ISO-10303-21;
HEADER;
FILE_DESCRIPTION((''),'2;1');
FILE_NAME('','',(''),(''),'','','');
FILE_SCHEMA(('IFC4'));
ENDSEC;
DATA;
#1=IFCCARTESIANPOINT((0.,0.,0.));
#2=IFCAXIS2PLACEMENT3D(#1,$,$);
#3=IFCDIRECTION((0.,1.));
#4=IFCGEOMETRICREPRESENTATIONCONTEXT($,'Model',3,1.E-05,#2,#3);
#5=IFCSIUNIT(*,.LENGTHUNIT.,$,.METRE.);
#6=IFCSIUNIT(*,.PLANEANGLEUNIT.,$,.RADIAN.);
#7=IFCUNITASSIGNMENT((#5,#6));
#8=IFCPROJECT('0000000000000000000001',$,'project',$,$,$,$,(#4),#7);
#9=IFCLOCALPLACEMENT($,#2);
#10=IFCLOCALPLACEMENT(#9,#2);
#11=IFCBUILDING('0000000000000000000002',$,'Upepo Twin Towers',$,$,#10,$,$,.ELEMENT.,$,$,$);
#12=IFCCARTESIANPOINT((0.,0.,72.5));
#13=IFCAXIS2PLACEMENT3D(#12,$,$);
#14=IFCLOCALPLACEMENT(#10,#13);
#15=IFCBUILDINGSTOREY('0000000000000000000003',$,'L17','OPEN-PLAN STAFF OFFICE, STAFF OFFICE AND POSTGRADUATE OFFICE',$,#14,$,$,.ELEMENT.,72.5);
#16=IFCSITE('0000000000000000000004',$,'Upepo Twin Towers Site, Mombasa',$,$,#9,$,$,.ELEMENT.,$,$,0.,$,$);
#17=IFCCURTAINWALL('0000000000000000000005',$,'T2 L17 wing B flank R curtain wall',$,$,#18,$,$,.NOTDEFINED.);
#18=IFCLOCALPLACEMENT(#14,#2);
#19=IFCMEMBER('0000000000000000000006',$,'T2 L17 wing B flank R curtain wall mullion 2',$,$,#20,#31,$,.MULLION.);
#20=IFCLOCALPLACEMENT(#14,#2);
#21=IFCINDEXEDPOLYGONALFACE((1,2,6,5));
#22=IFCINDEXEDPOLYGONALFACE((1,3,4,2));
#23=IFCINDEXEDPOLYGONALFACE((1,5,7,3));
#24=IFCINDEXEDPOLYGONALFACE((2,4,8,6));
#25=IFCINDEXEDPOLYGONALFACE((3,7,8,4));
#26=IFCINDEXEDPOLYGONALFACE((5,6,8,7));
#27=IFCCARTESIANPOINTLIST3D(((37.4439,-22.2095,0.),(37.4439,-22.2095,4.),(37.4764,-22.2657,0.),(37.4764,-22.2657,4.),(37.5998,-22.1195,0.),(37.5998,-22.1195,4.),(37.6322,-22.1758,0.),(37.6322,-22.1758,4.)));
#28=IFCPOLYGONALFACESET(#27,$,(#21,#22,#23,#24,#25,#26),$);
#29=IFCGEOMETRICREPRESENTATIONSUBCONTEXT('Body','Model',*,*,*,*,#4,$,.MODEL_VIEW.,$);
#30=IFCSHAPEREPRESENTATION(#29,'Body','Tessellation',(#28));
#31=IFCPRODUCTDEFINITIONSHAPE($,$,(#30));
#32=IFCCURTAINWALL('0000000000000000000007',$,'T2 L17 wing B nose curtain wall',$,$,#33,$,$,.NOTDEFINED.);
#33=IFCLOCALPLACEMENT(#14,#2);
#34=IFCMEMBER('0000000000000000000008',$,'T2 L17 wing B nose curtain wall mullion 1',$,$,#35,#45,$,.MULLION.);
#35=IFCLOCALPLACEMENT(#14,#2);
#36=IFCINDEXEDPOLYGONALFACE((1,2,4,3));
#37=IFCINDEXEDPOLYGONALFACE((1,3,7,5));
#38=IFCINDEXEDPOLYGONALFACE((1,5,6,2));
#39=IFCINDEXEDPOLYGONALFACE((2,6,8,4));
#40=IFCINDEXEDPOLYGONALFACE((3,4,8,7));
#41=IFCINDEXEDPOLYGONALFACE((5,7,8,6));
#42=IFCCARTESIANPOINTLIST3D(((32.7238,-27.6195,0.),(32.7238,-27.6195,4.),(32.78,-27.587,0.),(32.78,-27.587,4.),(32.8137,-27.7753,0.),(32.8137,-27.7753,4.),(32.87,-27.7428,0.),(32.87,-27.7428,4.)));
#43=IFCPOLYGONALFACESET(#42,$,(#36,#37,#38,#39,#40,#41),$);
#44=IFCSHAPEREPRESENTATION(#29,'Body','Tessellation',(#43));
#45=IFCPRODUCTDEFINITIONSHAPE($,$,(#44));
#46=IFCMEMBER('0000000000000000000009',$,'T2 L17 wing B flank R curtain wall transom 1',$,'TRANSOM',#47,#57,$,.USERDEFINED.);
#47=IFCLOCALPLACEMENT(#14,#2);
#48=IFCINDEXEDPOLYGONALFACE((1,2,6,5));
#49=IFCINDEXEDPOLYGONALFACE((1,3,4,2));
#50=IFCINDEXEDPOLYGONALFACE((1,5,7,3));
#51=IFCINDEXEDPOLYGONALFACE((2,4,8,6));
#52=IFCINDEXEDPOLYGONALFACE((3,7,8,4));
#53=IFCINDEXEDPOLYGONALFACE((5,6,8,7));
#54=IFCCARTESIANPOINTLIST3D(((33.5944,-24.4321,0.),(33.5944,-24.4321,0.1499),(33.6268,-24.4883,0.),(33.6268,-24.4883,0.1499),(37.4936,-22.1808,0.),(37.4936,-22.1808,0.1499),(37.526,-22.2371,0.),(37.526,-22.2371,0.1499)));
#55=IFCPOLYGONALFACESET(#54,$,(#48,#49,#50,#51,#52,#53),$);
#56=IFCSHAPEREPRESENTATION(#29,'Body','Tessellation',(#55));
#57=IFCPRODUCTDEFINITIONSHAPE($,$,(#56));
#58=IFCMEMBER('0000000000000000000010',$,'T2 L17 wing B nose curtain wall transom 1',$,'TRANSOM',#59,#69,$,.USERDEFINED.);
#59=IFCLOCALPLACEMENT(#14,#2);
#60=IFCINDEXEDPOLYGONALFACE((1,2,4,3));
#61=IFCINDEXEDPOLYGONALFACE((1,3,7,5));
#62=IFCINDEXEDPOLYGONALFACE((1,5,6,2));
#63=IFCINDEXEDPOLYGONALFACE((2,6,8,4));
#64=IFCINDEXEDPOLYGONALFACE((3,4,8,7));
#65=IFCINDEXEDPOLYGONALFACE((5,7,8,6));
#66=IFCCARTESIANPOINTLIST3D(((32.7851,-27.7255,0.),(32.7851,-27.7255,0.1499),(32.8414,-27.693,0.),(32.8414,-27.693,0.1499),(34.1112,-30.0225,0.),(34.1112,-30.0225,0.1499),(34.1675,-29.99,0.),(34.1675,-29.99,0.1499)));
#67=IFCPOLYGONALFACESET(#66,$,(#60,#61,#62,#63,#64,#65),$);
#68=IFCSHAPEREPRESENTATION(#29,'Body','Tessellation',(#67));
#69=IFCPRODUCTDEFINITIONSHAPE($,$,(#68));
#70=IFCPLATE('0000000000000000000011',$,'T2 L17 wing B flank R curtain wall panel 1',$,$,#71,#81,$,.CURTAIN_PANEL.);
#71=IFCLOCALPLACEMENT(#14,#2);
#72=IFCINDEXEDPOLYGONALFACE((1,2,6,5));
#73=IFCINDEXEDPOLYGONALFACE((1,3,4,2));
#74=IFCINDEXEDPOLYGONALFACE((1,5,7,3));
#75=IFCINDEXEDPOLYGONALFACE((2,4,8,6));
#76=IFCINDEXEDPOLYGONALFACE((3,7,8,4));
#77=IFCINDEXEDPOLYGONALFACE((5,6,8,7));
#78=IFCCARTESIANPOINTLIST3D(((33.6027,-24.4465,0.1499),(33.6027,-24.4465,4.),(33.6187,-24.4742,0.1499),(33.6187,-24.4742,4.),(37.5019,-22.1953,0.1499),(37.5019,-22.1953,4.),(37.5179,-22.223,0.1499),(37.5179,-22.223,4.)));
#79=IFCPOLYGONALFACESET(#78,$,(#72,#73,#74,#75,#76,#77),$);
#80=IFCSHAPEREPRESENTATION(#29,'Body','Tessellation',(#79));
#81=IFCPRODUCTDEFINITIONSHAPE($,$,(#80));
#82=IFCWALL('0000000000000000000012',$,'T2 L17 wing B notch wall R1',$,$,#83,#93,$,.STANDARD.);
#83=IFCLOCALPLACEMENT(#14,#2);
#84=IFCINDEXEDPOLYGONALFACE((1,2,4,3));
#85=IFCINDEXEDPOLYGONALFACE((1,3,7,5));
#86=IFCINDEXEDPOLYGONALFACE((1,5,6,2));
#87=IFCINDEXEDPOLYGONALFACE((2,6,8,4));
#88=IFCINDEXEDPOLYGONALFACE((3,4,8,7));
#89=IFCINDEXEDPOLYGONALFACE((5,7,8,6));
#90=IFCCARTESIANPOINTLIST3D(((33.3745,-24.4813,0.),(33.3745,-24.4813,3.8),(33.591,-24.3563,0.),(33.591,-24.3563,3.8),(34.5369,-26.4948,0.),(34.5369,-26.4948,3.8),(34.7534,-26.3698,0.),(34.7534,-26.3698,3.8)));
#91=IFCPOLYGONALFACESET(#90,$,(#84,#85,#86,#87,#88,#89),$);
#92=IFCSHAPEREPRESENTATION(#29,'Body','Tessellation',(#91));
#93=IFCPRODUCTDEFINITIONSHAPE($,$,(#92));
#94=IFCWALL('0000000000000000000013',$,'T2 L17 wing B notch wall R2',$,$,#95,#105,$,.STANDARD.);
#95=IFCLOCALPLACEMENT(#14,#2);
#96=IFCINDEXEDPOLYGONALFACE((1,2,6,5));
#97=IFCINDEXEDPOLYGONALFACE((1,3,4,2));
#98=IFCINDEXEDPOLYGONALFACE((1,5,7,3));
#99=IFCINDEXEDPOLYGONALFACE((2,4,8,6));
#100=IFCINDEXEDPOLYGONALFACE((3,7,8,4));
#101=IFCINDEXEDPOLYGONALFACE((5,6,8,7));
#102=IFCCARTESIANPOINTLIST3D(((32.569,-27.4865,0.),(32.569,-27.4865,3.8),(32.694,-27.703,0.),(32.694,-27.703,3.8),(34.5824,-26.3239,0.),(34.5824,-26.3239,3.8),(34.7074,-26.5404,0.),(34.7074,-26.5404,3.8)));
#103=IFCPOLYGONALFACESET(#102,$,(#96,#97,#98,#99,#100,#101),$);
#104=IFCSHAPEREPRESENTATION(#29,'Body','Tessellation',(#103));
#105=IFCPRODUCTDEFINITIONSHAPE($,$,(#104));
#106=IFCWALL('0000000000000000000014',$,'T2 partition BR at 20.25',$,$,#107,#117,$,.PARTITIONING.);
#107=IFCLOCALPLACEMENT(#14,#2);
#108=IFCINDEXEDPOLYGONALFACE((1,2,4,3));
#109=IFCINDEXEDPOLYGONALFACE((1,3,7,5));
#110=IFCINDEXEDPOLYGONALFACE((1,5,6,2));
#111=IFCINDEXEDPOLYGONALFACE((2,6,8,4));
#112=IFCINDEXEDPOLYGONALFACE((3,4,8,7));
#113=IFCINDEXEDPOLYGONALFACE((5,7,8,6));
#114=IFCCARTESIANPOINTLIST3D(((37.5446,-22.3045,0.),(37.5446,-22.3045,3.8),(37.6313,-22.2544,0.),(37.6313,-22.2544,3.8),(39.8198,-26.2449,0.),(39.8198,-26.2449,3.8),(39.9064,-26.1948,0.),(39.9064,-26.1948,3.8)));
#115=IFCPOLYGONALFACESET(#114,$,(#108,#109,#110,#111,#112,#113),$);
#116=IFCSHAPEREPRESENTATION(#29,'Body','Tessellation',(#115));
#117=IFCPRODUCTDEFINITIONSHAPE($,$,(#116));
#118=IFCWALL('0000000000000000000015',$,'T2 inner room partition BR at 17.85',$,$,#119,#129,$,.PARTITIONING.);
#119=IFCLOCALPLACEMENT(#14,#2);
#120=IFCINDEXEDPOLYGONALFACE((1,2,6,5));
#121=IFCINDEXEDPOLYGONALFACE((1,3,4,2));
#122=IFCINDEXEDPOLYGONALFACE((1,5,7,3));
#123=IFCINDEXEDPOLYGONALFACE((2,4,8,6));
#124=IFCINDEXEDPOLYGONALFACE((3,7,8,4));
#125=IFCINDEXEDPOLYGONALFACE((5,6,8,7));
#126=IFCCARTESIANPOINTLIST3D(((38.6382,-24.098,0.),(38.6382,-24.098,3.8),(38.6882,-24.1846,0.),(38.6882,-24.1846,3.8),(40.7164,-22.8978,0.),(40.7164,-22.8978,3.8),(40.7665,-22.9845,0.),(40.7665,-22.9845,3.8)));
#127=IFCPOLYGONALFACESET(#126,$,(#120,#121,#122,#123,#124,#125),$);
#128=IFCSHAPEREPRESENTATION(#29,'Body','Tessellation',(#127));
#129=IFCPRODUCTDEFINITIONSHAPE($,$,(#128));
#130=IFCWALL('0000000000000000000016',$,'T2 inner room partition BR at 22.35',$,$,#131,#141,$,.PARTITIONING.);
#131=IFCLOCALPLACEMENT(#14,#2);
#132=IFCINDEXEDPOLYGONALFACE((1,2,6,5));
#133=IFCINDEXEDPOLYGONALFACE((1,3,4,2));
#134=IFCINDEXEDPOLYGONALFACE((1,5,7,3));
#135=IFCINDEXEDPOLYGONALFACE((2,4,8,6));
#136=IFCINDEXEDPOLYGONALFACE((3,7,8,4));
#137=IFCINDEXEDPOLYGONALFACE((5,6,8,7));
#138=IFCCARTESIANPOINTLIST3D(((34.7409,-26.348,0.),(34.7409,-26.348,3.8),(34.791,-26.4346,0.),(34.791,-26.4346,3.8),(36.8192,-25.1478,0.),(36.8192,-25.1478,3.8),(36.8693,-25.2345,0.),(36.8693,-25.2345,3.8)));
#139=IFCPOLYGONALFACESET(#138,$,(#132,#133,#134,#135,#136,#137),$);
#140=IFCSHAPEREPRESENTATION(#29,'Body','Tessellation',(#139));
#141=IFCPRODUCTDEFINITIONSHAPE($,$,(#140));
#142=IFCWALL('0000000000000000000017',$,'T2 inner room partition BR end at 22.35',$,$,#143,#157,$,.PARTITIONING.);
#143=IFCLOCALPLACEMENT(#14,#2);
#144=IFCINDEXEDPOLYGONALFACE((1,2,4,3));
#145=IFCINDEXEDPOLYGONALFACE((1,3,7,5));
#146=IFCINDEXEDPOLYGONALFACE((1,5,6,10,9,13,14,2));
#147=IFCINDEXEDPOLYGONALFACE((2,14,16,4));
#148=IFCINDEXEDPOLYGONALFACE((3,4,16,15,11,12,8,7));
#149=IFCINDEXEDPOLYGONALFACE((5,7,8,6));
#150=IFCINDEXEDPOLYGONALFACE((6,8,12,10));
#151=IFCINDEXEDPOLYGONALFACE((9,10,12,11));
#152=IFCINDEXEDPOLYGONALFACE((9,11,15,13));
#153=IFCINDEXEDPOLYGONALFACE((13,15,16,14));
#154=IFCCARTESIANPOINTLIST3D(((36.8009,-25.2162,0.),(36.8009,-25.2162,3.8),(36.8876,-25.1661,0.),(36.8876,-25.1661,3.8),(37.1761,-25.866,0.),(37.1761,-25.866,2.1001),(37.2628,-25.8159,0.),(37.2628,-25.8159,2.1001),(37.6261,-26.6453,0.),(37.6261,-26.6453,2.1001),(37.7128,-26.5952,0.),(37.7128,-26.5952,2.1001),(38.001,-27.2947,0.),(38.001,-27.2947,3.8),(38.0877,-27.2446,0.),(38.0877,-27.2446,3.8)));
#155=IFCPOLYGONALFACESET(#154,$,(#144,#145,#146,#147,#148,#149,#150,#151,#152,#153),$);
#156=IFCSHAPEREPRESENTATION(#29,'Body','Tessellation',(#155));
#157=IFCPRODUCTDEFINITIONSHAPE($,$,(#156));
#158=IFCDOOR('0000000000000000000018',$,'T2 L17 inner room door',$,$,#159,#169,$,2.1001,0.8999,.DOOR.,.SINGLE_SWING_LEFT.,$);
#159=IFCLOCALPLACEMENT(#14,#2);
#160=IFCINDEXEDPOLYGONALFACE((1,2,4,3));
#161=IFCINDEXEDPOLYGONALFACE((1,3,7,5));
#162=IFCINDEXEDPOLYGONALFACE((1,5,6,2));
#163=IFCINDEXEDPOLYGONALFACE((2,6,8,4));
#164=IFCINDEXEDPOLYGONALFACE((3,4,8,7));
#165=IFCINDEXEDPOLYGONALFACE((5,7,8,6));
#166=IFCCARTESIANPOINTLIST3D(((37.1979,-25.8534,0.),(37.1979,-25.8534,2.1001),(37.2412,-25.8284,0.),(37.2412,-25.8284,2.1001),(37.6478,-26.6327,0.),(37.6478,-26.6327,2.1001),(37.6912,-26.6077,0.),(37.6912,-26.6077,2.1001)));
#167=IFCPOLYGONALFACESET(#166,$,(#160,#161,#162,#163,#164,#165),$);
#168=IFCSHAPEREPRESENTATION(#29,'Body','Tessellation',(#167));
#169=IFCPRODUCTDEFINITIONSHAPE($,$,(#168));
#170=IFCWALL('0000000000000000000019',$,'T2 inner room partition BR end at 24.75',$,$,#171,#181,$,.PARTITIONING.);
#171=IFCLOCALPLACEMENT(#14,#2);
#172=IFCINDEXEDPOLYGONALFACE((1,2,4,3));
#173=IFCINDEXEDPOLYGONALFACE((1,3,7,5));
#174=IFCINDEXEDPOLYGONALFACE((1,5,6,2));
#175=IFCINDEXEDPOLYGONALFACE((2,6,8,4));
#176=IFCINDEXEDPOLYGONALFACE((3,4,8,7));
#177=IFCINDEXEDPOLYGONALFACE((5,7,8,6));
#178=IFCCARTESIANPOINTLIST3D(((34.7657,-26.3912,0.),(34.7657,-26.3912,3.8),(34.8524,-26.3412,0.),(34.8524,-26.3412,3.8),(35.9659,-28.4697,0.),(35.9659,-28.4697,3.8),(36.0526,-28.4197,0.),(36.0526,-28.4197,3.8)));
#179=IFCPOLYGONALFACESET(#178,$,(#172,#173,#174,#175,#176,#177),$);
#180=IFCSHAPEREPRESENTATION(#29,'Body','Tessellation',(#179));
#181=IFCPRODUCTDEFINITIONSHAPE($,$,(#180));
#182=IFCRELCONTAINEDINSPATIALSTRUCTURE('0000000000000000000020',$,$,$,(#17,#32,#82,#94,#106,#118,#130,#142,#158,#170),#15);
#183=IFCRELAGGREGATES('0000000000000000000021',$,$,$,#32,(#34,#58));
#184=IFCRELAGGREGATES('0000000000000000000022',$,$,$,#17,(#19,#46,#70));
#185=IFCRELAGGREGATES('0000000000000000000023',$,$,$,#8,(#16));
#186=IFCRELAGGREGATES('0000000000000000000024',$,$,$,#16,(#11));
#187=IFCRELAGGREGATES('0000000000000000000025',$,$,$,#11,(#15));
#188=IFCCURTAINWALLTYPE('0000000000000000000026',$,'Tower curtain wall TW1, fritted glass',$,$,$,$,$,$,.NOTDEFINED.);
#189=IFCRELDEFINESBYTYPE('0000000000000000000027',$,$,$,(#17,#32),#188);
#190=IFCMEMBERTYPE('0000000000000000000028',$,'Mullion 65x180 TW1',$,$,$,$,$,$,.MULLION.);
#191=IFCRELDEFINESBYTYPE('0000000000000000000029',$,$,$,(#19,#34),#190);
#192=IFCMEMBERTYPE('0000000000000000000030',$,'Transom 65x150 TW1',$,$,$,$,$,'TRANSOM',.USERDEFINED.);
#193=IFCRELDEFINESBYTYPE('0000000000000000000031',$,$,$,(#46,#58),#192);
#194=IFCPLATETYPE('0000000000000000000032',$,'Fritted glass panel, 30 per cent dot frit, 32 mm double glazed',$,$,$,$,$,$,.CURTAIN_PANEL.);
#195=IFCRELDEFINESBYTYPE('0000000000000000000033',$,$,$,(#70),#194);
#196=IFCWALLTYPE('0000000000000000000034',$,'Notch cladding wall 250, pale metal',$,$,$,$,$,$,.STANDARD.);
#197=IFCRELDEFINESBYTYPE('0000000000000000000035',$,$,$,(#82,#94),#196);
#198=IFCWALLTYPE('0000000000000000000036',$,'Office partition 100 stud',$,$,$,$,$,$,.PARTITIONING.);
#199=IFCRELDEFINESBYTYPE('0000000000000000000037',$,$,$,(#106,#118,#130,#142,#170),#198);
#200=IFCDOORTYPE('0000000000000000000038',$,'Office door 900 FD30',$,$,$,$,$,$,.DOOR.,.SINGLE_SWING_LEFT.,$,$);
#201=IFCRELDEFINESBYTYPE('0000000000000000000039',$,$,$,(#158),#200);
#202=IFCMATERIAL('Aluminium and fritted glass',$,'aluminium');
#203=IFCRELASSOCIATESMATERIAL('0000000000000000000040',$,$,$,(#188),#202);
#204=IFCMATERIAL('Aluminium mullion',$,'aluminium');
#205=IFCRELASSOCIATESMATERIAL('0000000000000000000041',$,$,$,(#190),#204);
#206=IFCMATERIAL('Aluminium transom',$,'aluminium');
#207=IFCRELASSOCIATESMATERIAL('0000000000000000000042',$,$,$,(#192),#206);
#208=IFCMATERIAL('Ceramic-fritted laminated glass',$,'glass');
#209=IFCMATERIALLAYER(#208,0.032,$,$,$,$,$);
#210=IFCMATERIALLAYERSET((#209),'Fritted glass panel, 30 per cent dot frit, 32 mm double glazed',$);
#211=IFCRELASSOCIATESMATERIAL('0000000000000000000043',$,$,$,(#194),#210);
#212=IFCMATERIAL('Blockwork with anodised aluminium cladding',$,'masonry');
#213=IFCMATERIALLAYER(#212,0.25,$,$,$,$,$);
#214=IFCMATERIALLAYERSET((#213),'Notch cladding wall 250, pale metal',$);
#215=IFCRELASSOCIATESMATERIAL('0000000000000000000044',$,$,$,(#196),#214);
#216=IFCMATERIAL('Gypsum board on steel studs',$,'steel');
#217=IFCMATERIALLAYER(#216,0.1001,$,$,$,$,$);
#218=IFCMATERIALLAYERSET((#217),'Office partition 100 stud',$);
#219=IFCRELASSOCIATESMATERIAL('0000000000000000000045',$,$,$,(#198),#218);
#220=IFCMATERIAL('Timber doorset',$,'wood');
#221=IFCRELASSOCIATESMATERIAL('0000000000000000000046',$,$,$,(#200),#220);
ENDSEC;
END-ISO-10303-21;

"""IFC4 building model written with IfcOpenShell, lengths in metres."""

from ifc_helpers import new_model, si_unit, direction, frame, frame_2d, origin, origin_2d, place, context, subcontext, project, spatial, rectangle, extrude, material, layer, layer_set, material_profile, profile_set, type_object, element, fill, aggregate, save


model = new_model("IFC4")

# Units and contexts
model_context = context("Model", 3, precision=1e-05, world=origin(), true_north=direction((0.0, 1.0)))
body_context = subcontext(model_context, "Body", "Model", "MODEL_VIEW")
ifc_project = project(units=[si_unit("LENGTHUNIT", "METRE"), si_unit("PLANEANGLEUNIT", "RADIAN")], contexts=[model_context])

# Site, building, storey
site_placement = place(None, origin())
site = spatial("IfcSite", under=ifc_project, at=site_placement, Name="Upepo Twin Towers Site, Mombasa", CompositionType="ELEMENT", RefElevation=0.0)
building_placement = place(site_placement, origin())
building = spatial("IfcBuilding", under=site, at=building_placement, Name="Upepo Twin Towers", CompositionType="ELEMENT")
storey_placement = place(building_placement, frame((0.0, 0.0, 72.5)))
storey = spatial("IfcBuildingStorey", under=building, at=storey_placement, Name="L17", Description="OPEN-PLAN STAFF OFFICE, STAFF OFFICE AND POSTGRADUATE OFFICE", CompositionType="ELEMENT", Elevation=72.5)

# Curtain wall, member
ifc_material_1 = material(Name="Aluminium and fritted glass", Category="aluminium")
curtain_wall_type = type_object("IfcCurtainWallType", Name="Tower curtain wall TW1, fritted glass", PredefinedType="NOTDEFINED", material=ifc_material_1)
curtain_wall_1_placement = place(storey_placement, origin())
curtain_wall_1 = element("IfcCurtainWall", 1, at=curtain_wall_1_placement, inside=storey, type_object=curtain_wall_type, Name="T2 L17 wing B flank R curtain wall", PredefinedType="NOTDEFINED")
ifc_material_2 = material(Name="Aluminium mullion", Category="aluminium")
ifc_material_profile_1 = material_profile(ifc_material_2, rectangle(XDim=0.0649, YDim=0.1799, at=origin_2d()), Name="MULLION 65x180")
ifc_profile_set_1 = profile_set([ifc_material_profile_1], Name="Aluminium mullion")
member_type_1 = type_object("IfcMemberType", Name="Mullion 65x180 TW1", PredefinedType="MULLION", material=ifc_profile_set_1)
member_1_placement = place(storey_placement, frame((37.5381, -22.1926, 0.0), z_axis=(0.0, 0.0, 1.0), x_axis=(-0.5, 0.866025, 0.0)))
member_1 = element("IfcMember", 2, at=member_1_placement, type_object=member_type_1, Name="T2 L17 wing B flank R curtain wall mullion 2", PredefinedType="MULLION", context=body_context, shape_type="SweptSolid", body=[
    extrude(rectangle(XDim=0.0649, YDim=0.1799, at=origin_2d()), origin(), (0.0, 0.0, 1.0), 4.0),
])

# Curtain wall, member
curtain_wall_2_placement = place(storey_placement, origin())
curtain_wall_2 = element("IfcCurtainWall", 3, at=curtain_wall_2_placement, inside=storey, type_object=curtain_wall_type, Name="T2 L17 wing B nose curtain wall", PredefinedType="NOTDEFINED")
member_2_placement = place(storey_placement, frame((32.7969, -27.6812, 0.0), z_axis=(0.0, 0.0, 1.0), x_axis=(0.866025, 0.5, 0.0)))
member_2 = element("IfcMember", 4, at=member_2_placement, type_object=member_type_1, Name="T2 L17 wing B nose curtain wall mullion 1", PredefinedType="MULLION", context=body_context, shape_type="SweptSolid", body=[
    extrude(rectangle(XDim=0.0649, YDim=0.1799, at=origin_2d()), origin(), (0.0, 0.0, 1.0), 4.0),
])

# Members
ifc_material_3 = material(Name="Aluminium transom", Category="aluminium")
ifc_material_profile_2 = material_profile(ifc_material_3, rectangle(XDim=0.0649, YDim=0.1499, at=origin_2d()), Name="TRANSOM 65x150")
ifc_profile_set_2 = profile_set([ifc_material_profile_2], Name="Aluminium transom")
member_type_2 = type_object("IfcMemberType", Name="Transom 65x150 TW1", ElementType="TRANSOM", PredefinedType="USERDEFINED", material=ifc_profile_set_2)
member_3_placement = place(storey_placement, frame((33.6106, -24.4602, 0.075), z_axis=(0.866022, 0.500006, 0.0), x_axis=(-0.500006, 0.866022, 0.0)))
member_3 = element("IfcMember", 5, at=member_3_placement, type_object=member_type_2, Name="T2 L17 wing B flank R curtain wall transom 1", ObjectType="TRANSOM", PredefinedType="USERDEFINED", context=body_context, shape_type="SweptSolid", body=[
    extrude(rectangle(XDim=0.0649, YDim=0.1499, at=origin_2d()), origin(), (0.0, 0.0, 1.0), 4.5024),
])
member_4_placement = place(storey_placement, frame((32.8132, -27.7092, 0.075), z_axis=(0.49998, -0.866037, 0.0), x_axis=(0.866037, 0.49998, 0.0)))
member_4 = element("IfcMember", 6, at=member_4_placement, type_object=member_type_2, Name="T2 L17 wing B nose curtain wall transom 1", ObjectType="TRANSOM", PredefinedType="USERDEFINED", context=body_context, shape_type="SweptSolid", body=[
    extrude(rectangle(XDim=0.0649, YDim=0.1499, at=origin_2d()), origin(), (0.0, 0.0, 1.0), 2.6523),
])
aggregate(curtain_wall_2, [member_2, member_4])

# Plate
ifc_material_4 = material(Name="Ceramic-fritted laminated glass", Category="glass")
ifc_layer_1 = layer(ifc_material_4, 0.032)
ifc_layer_set_1 = layer_set([ifc_layer_1], Name="Fritted glass panel, 30 per cent dot frit, 32 mm double glazed")
plate_type = type_object("IfcPlateType", Name="Fritted glass panel, 30 per cent dot frit, 32 mm double glazed", PredefinedType="CURTAIN_PANEL", material=ifc_layer_set_1)
plate_placement = place(storey_placement, frame((35.5603, -23.3347, 0.1499), z_axis=(0.0, 0.0, 1.0), x_axis=(0.866025, 0.5, 0.0)))
plate = element("IfcPlate", 7, at=plate_placement, type_object=plate_type, Name="T2 L17 wing B flank R curtain wall panel 1", PredefinedType="CURTAIN_PANEL", context=body_context, shape_type="SweptSolid", body=[
    extrude(rectangle(XDim=4.5024, YDim=0.032, at=origin_2d()), origin(), (0.0, 0.0, 1.0), 3.8501),
])
aggregate(curtain_wall_1, [member_1, member_3, plate])

# Walls
ifc_material_5 = material(Name="Blockwork with anodised aluminium cladding", Category="masonry")
ifc_layer_2 = layer(ifc_material_5, 0.25)
ifc_layer_set_2 = layer_set([ifc_layer_2], Name="Notch cladding wall 250, pale metal")
wall_type_1 = type_object("IfcWallType", Name="Notch cladding wall 250, pale metal", PredefinedType="STANDARD", material=ifc_layer_set_2)
for number, where, z_axis, x_axis, name in (
    (8, (33.4827, -24.4187, 0.0), (0.0, 0.0, 1.0), (0.499968, -0.866044, 0.0), "T2 L17 wing B notch wall R1"),
    (9, (34.645, -26.4321, 0.0), (0.0, 0.0, 1.0), (-0.865998, -0.500047, 0.0), "T2 L17 wing B notch wall R2"),
):
    element("IfcWall", number, at=place(storey_placement, frame(where, z_axis=z_axis, x_axis=x_axis)), inside=storey, type_object=wall_type_1, Name=name, PredefinedType="STANDARD", context=body_context, shape_type="SweptSolid", body=[
        extrude(rectangle(XDim=2.325, YDim=0.25, at=frame_2d((1.1626, 0.0))), origin(), (0.0, 0.0, 1.0), 3.8),
    ])
ifc_material_6 = material(Name="Gypsum board on steel studs", Category="steel")
ifc_layer_3 = layer(ifc_material_6, 0.1001)
ifc_layer_set_3 = layer_set([ifc_layer_3], Name="Office partition 100 stud")
wall_type_2 = type_object("IfcWallType", Name="Office partition 100 stud", PredefinedType="PARTITIONING", material=ifc_layer_set_3)
wall_1_placement = place(storey_placement, frame((39.863, -26.2197, 0.0), z_axis=(0.0, 0.0, 1.0), x_axis=(-0.500023, 0.866012, 0.0)))
element("IfcWall", 10, at=wall_1_placement, inside=storey, type_object=wall_type_2, Name="T2 partition BR at 20.25", PredefinedType="PARTITIONING", context=body_context, shape_type="SweptSolid", body=[
    extrude(rectangle(XDim=4.55, YDim=0.1001, at=frame_2d((2.2749, 0.0))), origin(), (0.0, 0.0, 1.0), 3.8),
])
for number, where, z_axis, x_axis, name in (
    (11, (40.7415, -22.9412, 0.0), (0.0, 0.0, 1.0), (-0.865981, -0.500078, 0.0), "T2 inner room partition BR at 17.85"),
    (12, (36.8442, -25.1912, 0.0), (0.0, 0.0, 1.0), (-0.865981, -0.500078, 0.0), "T2 inner room partition BR at 22.35"),
):
    element("IfcWall", number, at=place(storey_placement, frame(where, z_axis=z_axis, x_axis=x_axis)), inside=storey, type_object=wall_type_2, Name=name, PredefinedType="PARTITIONING", context=body_context, shape_type="SweptSolid", body=[
        extrude(rectangle(XDim=2.3999, YDim=0.1001, at=frame_2d((1.2, 0.0))), origin(), (0.0, 0.0, 1.0), 3.8),
    ])

# Wall, opening, door
wall_2_placement = place(storey_placement, frame((38.0444, -27.2698, 0.0), z_axis=(0.0, 0.0, 1.0), x_axis=(-0.500034, 0.866006, 0.0)))
wall_2 = element("IfcWall", 13, at=wall_2_placement, inside=storey, type_object=wall_type_2, Name="T2 inner room partition BR end at 22.35", PredefinedType="PARTITIONING", context=body_context, shape_type="SweptSolid", body=[
    extrude(rectangle(XDim=2.4001, YDim=0.1001, at=frame_2d((1.2002, 0.0))), origin(), (0.0, 0.0, 1.0), 3.8),
])
opening_1_placement = place(wall_2_placement, frame((0.75, 0.0, 0.0)))
opening_1 = element("IfcOpeningElement", 14, at=opening_1_placement, cuts=wall_2, PredefinedType="OPENING", context=body_context, shape_type="SweptSolid", body=[
    extrude(rectangle(XDim=0.8999, YDim=2.1001, at=frame_2d((0.45, 1.05))), frame((0.0, 0.0601, 0.0), z_axis=(0.0, -1.0, 0.0), x_axis=(1.0, 0.0, 0.0)), (0.0, 0.0, 1.0), 0.1201),
])
ifc_material_7 = material(Name="Timber doorset", Category="wood")
door_type_1 = type_object("IfcDoorType", Name="Office door 900 FD30", OperationType="SINGLE_SWING_LEFT", PredefinedType="DOOR", material=ifc_material_7)
door_1_placement = place(opening_1_placement, origin())
door_1 = element("IfcDoor", 15, at=door_1_placement, inside=storey, type_object=door_type_1, Name="T2 L17 inner room door", OperationType="SINGLE_SWING_LEFT", OverallHeight=2.1001, OverallWidth=0.8999, PredefinedType="DOOR", context=body_context, shape_type="SweptSolid", body=[
    extrude(rectangle(XDim=0.8999, YDim=2.1001, at=frame_2d((0.45, 1.05))), frame((0.0, 0.0249, 0.0), z_axis=(0.0, -1.0, 0.0), x_axis=(1.0, 0.0, 0.0)), (0.0, 0.0, 1.0), 0.05),
])
fill(opening_1, door_1)

# Wall
wall_3_placement = place(storey_placement, frame((36.0093, -28.4448, 0.0), z_axis=(0.0, 0.0, 1.0), x_axis=(-0.500034, 0.866006, 0.0)))
element("IfcWall", 16, at=wall_3_placement, inside=storey, type_object=wall_type_2, Name="T2 inner room partition BR end at 24.75", PredefinedType="PARTITIONING", context=body_context, shape_type="SweptSolid", body=[
    extrude(rectangle(XDim=2.4001, YDim=0.1001, at=frame_2d((1.2002, 0.0))), origin(), (0.0, 0.0, 1.0), 3.8),
])

save(model, "model.ifc")
